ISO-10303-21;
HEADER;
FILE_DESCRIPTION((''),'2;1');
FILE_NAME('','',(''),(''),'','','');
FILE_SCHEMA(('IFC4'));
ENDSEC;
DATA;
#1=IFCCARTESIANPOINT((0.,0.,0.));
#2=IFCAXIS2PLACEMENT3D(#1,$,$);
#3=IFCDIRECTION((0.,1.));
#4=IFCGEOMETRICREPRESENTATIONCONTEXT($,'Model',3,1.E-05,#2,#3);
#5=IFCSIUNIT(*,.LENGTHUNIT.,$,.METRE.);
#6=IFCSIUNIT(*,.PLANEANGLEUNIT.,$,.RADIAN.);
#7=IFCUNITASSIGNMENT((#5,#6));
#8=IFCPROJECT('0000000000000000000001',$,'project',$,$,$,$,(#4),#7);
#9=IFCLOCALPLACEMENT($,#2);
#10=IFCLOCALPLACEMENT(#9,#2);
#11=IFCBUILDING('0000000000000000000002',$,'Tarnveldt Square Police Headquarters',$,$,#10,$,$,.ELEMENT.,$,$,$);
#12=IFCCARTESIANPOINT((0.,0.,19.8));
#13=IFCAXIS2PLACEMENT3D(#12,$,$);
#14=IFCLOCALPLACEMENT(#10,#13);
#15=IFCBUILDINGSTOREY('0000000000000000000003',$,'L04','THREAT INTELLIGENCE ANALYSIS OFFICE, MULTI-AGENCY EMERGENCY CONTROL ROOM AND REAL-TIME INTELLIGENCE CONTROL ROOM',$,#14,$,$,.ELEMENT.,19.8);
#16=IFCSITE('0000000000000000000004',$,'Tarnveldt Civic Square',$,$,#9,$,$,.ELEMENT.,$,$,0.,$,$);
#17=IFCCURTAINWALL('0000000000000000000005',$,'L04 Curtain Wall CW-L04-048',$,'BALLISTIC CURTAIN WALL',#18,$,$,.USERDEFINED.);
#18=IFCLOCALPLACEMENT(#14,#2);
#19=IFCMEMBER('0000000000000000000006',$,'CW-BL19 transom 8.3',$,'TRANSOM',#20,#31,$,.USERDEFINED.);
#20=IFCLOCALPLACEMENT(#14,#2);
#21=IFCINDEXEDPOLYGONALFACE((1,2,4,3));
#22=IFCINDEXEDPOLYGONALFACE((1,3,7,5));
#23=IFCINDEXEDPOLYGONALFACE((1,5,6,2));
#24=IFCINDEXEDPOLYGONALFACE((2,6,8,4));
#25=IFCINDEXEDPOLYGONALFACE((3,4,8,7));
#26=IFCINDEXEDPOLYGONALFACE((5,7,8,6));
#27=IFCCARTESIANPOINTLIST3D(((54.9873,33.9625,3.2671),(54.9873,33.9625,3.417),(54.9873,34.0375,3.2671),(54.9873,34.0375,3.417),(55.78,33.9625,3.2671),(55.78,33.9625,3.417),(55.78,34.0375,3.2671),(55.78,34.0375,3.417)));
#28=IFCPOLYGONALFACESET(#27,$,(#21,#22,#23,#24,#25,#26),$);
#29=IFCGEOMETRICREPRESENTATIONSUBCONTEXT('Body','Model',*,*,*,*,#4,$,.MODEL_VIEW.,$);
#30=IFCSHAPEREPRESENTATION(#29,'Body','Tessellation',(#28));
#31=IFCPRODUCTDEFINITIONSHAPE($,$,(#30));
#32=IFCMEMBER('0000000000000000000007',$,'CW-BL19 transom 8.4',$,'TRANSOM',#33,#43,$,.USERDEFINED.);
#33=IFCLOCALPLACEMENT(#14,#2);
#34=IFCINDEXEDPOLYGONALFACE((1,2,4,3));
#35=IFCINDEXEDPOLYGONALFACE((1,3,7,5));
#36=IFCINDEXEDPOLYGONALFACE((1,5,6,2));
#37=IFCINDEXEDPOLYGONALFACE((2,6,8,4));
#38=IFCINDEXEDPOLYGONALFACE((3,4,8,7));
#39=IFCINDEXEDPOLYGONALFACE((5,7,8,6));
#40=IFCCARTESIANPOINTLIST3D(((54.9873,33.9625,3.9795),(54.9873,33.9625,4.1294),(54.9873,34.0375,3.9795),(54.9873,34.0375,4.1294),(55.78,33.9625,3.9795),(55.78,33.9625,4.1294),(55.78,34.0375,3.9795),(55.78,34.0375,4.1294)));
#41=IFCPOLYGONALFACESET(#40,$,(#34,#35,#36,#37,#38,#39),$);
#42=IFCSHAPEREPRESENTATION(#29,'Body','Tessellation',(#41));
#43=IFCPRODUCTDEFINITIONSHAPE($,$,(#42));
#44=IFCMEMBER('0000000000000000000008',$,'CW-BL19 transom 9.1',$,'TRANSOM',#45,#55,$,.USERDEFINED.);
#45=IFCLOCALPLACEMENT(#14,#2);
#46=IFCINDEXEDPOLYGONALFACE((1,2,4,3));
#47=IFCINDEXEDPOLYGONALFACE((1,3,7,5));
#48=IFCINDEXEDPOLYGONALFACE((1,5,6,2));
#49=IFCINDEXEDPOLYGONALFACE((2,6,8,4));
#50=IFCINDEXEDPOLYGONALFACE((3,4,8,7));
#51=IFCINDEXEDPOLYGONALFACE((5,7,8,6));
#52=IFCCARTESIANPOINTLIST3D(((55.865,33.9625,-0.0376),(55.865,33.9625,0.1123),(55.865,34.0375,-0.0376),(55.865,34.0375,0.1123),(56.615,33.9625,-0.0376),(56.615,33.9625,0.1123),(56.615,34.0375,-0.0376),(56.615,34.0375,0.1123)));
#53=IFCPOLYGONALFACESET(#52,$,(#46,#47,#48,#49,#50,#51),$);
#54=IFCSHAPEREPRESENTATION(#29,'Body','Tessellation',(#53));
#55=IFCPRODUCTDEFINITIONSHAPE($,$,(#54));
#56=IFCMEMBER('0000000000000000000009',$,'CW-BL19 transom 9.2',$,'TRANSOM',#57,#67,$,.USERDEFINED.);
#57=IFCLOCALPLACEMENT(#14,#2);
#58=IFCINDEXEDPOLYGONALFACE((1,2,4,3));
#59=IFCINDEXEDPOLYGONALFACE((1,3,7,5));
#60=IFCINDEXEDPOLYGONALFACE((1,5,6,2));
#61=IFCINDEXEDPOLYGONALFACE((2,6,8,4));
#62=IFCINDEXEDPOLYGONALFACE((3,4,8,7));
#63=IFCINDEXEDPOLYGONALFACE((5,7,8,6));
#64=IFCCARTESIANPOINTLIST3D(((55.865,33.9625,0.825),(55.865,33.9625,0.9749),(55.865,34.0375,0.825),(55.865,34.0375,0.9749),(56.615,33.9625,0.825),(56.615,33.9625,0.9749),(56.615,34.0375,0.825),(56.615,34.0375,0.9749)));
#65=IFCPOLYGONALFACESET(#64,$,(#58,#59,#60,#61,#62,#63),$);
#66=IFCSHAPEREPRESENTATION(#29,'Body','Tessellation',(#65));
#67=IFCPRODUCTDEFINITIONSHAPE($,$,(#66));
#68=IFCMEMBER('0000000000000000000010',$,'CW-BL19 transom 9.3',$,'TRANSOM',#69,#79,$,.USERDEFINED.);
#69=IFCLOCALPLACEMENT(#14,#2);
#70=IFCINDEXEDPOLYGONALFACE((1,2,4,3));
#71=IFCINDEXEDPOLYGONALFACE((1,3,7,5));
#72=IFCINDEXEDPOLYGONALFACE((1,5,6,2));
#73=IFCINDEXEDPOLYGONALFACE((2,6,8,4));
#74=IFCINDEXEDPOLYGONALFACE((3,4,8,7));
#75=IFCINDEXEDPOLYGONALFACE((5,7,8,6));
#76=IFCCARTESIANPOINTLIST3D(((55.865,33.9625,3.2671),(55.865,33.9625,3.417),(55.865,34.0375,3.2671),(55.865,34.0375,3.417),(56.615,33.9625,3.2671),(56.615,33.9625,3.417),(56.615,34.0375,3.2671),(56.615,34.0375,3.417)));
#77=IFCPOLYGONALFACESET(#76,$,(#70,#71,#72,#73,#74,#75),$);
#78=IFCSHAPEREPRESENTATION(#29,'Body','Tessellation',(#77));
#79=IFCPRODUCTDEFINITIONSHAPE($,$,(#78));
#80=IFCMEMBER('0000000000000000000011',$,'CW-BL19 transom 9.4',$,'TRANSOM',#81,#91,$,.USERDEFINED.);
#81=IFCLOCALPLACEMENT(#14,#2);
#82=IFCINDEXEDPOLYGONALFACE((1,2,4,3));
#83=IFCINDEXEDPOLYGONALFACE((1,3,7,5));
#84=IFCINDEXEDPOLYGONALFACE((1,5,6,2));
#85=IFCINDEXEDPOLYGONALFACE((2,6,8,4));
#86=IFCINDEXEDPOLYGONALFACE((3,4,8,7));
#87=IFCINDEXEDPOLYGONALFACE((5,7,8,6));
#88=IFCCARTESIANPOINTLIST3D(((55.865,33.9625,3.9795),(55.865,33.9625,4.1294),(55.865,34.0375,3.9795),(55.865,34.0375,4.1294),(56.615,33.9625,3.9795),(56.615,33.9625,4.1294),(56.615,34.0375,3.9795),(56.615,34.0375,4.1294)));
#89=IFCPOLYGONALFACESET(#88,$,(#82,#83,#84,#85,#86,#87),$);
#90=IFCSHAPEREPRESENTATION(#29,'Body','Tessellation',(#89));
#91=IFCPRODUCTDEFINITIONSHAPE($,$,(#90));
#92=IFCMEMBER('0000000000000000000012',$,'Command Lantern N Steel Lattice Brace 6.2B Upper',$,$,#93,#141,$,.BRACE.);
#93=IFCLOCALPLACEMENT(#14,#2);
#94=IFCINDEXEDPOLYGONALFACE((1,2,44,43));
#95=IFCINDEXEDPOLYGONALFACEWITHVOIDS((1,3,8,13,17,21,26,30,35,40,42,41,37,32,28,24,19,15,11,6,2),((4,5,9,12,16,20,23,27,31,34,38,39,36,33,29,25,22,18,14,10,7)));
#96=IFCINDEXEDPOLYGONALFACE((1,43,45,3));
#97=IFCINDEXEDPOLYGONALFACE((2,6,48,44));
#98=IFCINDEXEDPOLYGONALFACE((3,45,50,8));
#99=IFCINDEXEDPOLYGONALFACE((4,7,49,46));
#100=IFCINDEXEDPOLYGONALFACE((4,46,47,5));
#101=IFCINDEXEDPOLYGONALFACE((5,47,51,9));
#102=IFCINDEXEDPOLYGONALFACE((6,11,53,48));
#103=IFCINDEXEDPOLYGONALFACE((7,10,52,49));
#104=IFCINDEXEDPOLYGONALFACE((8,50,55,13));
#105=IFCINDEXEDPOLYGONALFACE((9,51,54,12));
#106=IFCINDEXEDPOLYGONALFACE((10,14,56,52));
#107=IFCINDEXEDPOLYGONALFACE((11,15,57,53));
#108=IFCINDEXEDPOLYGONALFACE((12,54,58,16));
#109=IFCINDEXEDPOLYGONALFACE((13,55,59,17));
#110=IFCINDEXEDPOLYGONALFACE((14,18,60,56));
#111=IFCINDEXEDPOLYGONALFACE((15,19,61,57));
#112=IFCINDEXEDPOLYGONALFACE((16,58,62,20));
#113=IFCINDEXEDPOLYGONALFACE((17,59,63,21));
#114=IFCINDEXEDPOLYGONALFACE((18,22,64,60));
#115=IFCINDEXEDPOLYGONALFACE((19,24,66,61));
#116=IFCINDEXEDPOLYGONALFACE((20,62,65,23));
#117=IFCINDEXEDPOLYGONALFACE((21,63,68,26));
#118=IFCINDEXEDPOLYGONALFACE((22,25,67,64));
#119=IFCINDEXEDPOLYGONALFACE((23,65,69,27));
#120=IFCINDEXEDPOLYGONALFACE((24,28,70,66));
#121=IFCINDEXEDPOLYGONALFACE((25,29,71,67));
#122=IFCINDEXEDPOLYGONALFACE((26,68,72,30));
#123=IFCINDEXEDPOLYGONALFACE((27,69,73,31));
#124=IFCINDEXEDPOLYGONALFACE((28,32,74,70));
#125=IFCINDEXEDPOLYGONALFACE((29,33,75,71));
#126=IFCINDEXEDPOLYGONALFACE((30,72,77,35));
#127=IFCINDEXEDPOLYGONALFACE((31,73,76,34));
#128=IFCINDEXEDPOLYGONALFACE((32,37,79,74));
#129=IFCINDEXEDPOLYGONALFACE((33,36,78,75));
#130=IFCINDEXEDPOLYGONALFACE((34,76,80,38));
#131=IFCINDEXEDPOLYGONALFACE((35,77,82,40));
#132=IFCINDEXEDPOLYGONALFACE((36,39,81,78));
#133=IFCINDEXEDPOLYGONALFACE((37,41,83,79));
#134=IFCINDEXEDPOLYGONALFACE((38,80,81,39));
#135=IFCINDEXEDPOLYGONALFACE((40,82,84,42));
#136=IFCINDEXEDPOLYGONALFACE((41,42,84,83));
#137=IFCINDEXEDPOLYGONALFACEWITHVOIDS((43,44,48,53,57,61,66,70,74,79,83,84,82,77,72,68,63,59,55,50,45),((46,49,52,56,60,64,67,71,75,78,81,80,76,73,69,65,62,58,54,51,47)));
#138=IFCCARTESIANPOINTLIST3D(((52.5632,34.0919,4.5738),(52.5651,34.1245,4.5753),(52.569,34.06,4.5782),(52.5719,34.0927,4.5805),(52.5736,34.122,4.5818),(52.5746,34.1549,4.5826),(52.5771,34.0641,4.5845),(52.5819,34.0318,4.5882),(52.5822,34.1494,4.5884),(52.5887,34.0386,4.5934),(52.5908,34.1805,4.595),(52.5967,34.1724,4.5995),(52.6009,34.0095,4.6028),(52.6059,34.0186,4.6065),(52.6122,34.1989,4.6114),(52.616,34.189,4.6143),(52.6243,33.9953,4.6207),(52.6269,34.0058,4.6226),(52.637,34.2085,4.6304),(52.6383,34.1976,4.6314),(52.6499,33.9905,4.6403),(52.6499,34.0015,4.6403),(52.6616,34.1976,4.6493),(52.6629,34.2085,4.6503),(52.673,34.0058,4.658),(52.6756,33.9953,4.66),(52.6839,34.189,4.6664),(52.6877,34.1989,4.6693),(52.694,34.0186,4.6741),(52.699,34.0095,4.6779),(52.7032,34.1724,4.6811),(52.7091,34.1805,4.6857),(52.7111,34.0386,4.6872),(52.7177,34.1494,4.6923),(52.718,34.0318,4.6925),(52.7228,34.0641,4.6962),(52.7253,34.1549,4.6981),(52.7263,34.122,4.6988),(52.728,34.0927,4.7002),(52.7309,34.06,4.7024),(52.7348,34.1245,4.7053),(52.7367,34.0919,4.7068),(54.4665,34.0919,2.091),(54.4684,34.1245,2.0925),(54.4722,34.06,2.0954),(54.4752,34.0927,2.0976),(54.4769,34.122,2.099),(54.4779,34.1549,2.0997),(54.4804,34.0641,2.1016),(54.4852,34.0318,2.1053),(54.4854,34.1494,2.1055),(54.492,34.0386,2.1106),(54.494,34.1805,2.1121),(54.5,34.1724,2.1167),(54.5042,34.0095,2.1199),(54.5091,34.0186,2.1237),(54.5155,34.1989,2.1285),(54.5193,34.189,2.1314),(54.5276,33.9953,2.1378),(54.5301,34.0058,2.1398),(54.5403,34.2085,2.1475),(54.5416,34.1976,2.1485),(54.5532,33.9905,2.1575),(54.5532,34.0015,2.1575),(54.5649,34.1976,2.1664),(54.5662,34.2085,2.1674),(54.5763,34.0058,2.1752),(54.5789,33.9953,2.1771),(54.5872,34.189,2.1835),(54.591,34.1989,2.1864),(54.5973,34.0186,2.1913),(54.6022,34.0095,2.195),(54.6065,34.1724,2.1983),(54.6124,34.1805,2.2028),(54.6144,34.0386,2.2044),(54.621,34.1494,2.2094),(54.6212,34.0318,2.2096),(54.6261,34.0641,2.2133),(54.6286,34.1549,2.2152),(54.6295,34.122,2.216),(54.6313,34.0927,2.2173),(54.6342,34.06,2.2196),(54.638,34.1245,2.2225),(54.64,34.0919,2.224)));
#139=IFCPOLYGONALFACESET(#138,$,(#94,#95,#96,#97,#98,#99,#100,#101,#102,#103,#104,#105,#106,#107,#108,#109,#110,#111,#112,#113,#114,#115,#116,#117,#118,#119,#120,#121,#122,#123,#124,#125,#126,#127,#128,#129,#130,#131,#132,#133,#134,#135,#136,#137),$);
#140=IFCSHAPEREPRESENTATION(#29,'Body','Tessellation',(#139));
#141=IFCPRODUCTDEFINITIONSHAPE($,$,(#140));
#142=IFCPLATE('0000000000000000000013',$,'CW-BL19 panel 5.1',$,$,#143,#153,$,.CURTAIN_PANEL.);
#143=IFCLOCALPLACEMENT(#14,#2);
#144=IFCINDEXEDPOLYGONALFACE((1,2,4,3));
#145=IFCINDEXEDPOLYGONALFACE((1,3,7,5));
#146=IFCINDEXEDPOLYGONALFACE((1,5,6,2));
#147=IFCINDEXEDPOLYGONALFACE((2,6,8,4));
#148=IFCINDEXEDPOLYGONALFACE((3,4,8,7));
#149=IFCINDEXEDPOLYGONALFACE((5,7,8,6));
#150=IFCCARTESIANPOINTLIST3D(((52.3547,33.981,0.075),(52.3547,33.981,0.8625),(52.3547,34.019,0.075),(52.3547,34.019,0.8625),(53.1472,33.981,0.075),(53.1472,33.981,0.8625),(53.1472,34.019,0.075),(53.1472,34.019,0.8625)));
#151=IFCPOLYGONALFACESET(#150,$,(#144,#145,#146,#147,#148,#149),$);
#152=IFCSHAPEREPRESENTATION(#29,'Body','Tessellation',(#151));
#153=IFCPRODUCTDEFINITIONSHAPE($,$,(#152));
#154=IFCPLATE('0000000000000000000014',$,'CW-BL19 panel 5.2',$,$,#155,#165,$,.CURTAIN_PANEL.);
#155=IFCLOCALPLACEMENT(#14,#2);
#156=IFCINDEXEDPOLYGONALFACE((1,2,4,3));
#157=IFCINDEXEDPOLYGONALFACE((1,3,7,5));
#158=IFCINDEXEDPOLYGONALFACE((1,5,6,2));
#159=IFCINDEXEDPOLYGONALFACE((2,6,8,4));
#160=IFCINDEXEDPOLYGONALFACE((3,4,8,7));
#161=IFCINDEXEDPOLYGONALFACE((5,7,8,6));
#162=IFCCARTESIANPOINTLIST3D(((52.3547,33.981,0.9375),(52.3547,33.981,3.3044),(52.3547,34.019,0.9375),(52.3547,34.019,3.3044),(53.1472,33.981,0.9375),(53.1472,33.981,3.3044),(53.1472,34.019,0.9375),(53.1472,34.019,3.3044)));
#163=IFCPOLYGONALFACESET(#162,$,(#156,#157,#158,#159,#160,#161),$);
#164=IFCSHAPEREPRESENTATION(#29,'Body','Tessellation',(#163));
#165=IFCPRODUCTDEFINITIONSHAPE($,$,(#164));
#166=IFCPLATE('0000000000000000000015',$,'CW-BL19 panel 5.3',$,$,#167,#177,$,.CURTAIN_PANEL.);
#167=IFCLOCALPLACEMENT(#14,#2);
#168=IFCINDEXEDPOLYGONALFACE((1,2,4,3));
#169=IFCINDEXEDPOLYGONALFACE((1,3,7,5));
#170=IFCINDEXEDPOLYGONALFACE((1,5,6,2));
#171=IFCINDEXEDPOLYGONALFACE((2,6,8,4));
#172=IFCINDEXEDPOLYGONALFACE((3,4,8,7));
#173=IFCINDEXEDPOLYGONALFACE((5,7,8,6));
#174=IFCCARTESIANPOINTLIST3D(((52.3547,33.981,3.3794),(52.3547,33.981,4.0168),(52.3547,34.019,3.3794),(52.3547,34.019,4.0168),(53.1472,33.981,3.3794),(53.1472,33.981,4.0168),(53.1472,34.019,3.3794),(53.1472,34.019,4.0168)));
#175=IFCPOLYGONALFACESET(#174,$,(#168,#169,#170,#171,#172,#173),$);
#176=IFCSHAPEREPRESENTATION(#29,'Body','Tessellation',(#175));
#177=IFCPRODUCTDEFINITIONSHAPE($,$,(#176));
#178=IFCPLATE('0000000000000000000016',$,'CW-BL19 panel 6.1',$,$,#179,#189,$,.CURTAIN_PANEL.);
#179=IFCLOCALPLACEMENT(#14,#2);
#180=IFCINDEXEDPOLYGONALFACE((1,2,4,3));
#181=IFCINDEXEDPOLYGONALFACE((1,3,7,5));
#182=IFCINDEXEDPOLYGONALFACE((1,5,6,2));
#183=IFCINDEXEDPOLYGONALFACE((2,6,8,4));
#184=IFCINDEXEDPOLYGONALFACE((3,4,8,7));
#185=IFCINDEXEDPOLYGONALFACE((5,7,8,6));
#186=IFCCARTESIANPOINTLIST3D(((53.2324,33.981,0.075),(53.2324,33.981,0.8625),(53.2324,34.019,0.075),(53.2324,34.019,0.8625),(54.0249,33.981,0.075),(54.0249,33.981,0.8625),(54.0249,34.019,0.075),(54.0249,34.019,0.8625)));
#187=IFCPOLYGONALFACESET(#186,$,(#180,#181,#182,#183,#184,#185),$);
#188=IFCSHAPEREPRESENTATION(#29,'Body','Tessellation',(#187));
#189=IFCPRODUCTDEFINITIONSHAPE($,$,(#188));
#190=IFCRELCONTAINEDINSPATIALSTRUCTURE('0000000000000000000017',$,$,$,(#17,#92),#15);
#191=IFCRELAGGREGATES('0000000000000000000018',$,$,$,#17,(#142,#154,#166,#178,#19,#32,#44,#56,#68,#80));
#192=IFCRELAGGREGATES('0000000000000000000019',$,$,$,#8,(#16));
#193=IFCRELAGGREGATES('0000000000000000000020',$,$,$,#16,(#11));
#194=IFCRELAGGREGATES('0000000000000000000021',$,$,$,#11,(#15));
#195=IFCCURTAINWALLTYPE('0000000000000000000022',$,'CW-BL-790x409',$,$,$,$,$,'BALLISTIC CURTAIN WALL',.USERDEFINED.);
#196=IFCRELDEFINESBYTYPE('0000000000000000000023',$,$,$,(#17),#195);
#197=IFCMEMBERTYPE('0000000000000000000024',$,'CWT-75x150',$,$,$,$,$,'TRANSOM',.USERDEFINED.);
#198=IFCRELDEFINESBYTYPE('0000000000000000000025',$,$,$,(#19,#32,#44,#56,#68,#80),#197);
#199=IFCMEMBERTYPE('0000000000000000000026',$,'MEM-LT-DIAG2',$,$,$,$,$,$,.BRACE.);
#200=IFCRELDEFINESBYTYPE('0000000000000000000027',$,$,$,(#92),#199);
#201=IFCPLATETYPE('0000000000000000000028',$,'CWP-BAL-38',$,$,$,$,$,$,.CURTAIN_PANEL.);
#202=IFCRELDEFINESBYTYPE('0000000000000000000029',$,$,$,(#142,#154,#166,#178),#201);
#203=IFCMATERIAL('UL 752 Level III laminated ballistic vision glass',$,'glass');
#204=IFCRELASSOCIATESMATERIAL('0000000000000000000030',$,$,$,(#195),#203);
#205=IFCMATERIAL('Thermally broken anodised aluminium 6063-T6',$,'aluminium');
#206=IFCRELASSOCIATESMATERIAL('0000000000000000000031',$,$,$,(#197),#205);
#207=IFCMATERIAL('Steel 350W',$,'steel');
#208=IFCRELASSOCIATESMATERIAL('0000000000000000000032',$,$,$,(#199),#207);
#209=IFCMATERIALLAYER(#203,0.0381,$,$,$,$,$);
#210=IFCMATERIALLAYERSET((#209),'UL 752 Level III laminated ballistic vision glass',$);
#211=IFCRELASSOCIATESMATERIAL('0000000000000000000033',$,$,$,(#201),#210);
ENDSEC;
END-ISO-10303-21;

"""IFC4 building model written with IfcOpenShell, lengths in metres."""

from ifc_helpers import new_model, si_unit, direction, frame, origin, origin_2d, place, context, subcontext, project, spatial, rectangle, hollow_circle, extrude, material, layer, layer_set, material_profile, profile_set, type_object, element, aggregate, save


model = new_model("IFC4")

# Units and contexts
model_context = context("Model", 3, precision=1e-05, world=origin(), true_north=direction((0.0, 1.0)))
body_context = subcontext(model_context, "Body", "Model", "MODEL_VIEW")
ifc_project = project(units=[si_unit("LENGTHUNIT", "METRE"), si_unit("PLANEANGLEUNIT", "RADIAN")], contexts=[model_context])

# Site, building, storey
site_placement = place(None, origin())
site = spatial("IfcSite", under=ifc_project, at=site_placement, Name="Tarnveldt Civic Square", CompositionType="ELEMENT", RefElevation=0.0)
building_placement = place(site_placement, origin())
building = spatial("IfcBuilding", under=site, at=building_placement, Name="Tarnveldt Square Police Headquarters", CompositionType="ELEMENT")
storey_placement = place(building_placement, frame((0.0, 0.0, 19.8)))
storey = spatial("IfcBuildingStorey", under=building, at=storey_placement, Name="L04", Description="THREAT INTELLIGENCE ANALYSIS OFFICE, MULTI-AGENCY EMERGENCY CONTROL ROOM AND REAL-TIME INTELLIGENCE CONTROL ROOM", CompositionType="ELEMENT", Elevation=19.8)

# Curtain wall, members
ifc_material_1 = material(Name="UL 752 Level III laminated ballistic vision glass", Category="glass")
curtain_wall_type = type_object("IfcCurtainWallType", Name="CW-BL-790x409", ElementType="BALLISTIC CURTAIN WALL", PredefinedType="USERDEFINED", material=ifc_material_1)
curtain_wall_placement = place(storey_placement, origin())
curtain_wall = element("IfcCurtainWall", 1, at=curtain_wall_placement, inside=storey, type_object=curtain_wall_type, Name="L04 Curtain Wall CW-L04-048", ObjectType="BALLISTIC CURTAIN WALL", PredefinedType="USERDEFINED")
ifc_material_2 = material(Name="Thermally broken anodised aluminium 6063-T6", Category="aluminium")
ifc_material_profile_1 = material_profile(ifc_material_2, rectangle(XDim=0.075, YDim=0.1499, at=origin_2d()), Name="CW-T75x150")
ifc_profile_set_1 = profile_set([ifc_material_profile_1], Name="Thermally broken anodised aluminium 6063-T6")
member_type_1 = type_object("IfcMemberType", Name="CWT-75x150", ElementType="TRANSOM", PredefinedType="USERDEFINED", material=ifc_profile_set_1)
member_1_placement = place(storey_placement, frame((54.9873, 34.0, 3.342), z_axis=(1.0, 0.0, 0.0), x_axis=(0.0, 1.0, 0.0)))
member_1 = element("IfcMember", 2, at=member_1_placement, type_object=member_type_1, Name="CW-BL19 transom 8.3", ObjectType="TRANSOM", PredefinedType="USERDEFINED", context=body_context, shape_type="SweptSolid", body=[
    extrude(rectangle(XDim=0.075, YDim=0.1499, at=origin_2d()), origin(), (0.0, 0.0, 1.0), 0.7927),
])
member_2_placement = place(storey_placement, frame((54.9873, 34.0, 4.0544), z_axis=(1.0, 0.0, 0.0), x_axis=(0.0, 1.0, 0.0)))
member_2 = element("IfcMember", 3, at=member_2_placement, type_object=member_type_1, Name="CW-BL19 transom 8.4", ObjectType="TRANSOM", PredefinedType="USERDEFINED", context=body_context, shape_type="SweptSolid", body=[
    extrude(rectangle(XDim=0.075, YDim=0.1499, at=origin_2d()), origin(), (0.0, 0.0, 1.0), 0.7927),
])
member_3_placement = place(storey_placement, frame((55.865, 34.0, 0.0374), z_axis=(1.0, 0.0, 0.0), x_axis=(0.0, 1.0, 0.0)))
member_3 = element("IfcMember", 4, at=member_3_placement, type_object=member_type_1, Name="CW-BL19 transom 9.1", ObjectType="TRANSOM", PredefinedType="USERDEFINED", context=body_context, shape_type="SweptSolid", body=[
    extrude(rectangle(XDim=0.075, YDim=0.1499, at=origin_2d()), origin(), (0.0, 0.0, 1.0), 0.75),
])
member_4_placement = place(storey_placement, frame((55.865, 34.0, 0.8999), z_axis=(1.0, 0.0, 0.0), x_axis=(0.0, 1.0, 0.0)))
member_4 = element("IfcMember", 5, at=member_4_placement, type_object=member_type_1, Name="CW-BL19 transom 9.2", ObjectType="TRANSOM", PredefinedType="USERDEFINED", context=body_context, shape_type="SweptSolid", body=[
    extrude(rectangle(XDim=0.075, YDim=0.1499, at=origin_2d()), origin(), (0.0, 0.0, 1.0), 0.75),
])
member_5_placement = place(storey_placement, frame((55.865, 34.0, 3.342), z_axis=(1.0, 0.0, 0.0), x_axis=(0.0, 1.0, 0.0)))
member_5 = element("IfcMember", 6, at=member_5_placement, type_object=member_type_1, Name="CW-BL19 transom 9.3", ObjectType="TRANSOM", PredefinedType="USERDEFINED", context=body_context, shape_type="SweptSolid", body=[
    extrude(rectangle(XDim=0.075, YDim=0.1499, at=origin_2d()), origin(), (0.0, 0.0, 1.0), 0.75),
])
member_6_placement = place(storey_placement, frame((55.865, 34.0, 4.0544), z_axis=(1.0, 0.0, 0.0), x_axis=(0.0, 1.0, 0.0)))
member_6 = element("IfcMember", 7, at=member_6_placement, type_object=member_type_1, Name="CW-BL19 transom 9.4", ObjectType="TRANSOM", PredefinedType="USERDEFINED", context=body_context, shape_type="SweptSolid", body=[
    extrude(rectangle(XDim=0.075, YDim=0.1499, at=origin_2d()), origin(), (0.0, 0.0, 1.0), 0.75),
])

# Member
ifc_material_3 = material(Name="Steel 350W", Category="steel")
ifc_material_profile_2 = material_profile(ifc_material_3, hollow_circle(Radius=0.1096, WallThickness=0.011, at=origin_2d()), Name="HSS219x11")
ifc_profile_set_2 = profile_set([ifc_material_profile_2], Name="Steel 350W")
member_type_2 = type_object("IfcMemberType", Name="MEM-LT-DIAG2", PredefinedType="BRACE", material=ifc_profile_set_2)
member_7_placement = place(storey_placement, frame((54.5532, 34.1001, 2.1575), z_axis=(-0.608382, 0.0, 0.793644), x_axis=(0.0, -1.0, 0.0)))
element("IfcMember", 8, at=member_7_placement, inside=storey, type_object=member_type_2, Name="Command Lantern N Steel Lattice Brace 6.2B Upper", PredefinedType="BRACE", context=body_context, shape_type="SweptSolid", body=[
    extrude(hollow_circle(Radius=0.1096, WallThickness=0.011, at=origin_2d()), origin(), (0.0, 0.0, 1.0), 3.1284),
])

# Plates
ifc_layer_1 = layer(ifc_material_1, 0.0381)
ifc_layer_set_1 = layer_set([ifc_layer_1], Name="UL 752 Level III laminated ballistic vision glass")
plate_type_1 = type_object("IfcPlateType", Name="CWP-BAL-38", PredefinedType="CURTAIN_PANEL", material=ifc_layer_set_1)
plate_1_placement = place(storey_placement, frame((52.751, 34.0, 0.075), z_axis=(0.0, 0.0, 1.0), x_axis=(1.0, 0.0, 0.0)))
plate_1 = element("IfcPlate", 9, at=plate_1_placement, type_object=plate_type_1, Name="CW-BL19 panel 5.1", PredefinedType="CURTAIN_PANEL", context=body_context, shape_type="SweptSolid", body=[
    extrude(rectangle(XDim=0.7925, YDim=0.0381, at=origin_2d()), origin(), (0.0, 0.0, 1.0), 0.7876),
])
plate_2_placement = place(storey_placement, frame((52.751, 34.0, 0.9375), z_axis=(0.0, 0.0, 1.0), x_axis=(1.0, 0.0, 0.0)))
plate_2 = element("IfcPlate", 10, at=plate_2_placement, type_object=plate_type_1, Name="CW-BL19 panel 5.2", PredefinedType="CURTAIN_PANEL", context=body_context, shape_type="SweptSolid", body=[
    extrude(rectangle(XDim=0.7925, YDim=0.0381, at=origin_2d()), origin(), (0.0, 0.0, 1.0), 2.3669),
])
plate_3_placement = place(storey_placement, frame((52.751, 34.0, 3.3794), z_axis=(0.0, 0.0, 1.0), x_axis=(1.0, 0.0, 0.0)))
plate_3 = element("IfcPlate", 11, at=plate_3_placement, type_object=plate_type_1, Name="CW-BL19 panel 5.3", PredefinedType="CURTAIN_PANEL", context=body_context, shape_type="SweptSolid", body=[
    extrude(rectangle(XDim=0.7925, YDim=0.0381, at=origin_2d()), origin(), (0.0, 0.0, 1.0), 0.6375),
])
plate_4_placement = place(storey_placement, frame((53.6287, 34.0, 0.075), z_axis=(0.0, 0.0, 1.0), x_axis=(1.0, 0.0, 0.0)))
plate_4 = element("IfcPlate", 12, at=plate_4_placement, type_object=plate_type_1, Name="CW-BL19 panel 6.1", PredefinedType="CURTAIN_PANEL", context=body_context, shape_type="SweptSolid", body=[
    extrude(rectangle(XDim=0.7925, YDim=0.0381, at=origin_2d()), origin(), (0.0, 0.0, 1.0), 0.7876),
])
aggregate(curtain_wall, [plate_1, plate_2, plate_3, plate_4, member_1, member_2, member_3, member_4, member_5, member_6])

save(model, "model.ifc")
